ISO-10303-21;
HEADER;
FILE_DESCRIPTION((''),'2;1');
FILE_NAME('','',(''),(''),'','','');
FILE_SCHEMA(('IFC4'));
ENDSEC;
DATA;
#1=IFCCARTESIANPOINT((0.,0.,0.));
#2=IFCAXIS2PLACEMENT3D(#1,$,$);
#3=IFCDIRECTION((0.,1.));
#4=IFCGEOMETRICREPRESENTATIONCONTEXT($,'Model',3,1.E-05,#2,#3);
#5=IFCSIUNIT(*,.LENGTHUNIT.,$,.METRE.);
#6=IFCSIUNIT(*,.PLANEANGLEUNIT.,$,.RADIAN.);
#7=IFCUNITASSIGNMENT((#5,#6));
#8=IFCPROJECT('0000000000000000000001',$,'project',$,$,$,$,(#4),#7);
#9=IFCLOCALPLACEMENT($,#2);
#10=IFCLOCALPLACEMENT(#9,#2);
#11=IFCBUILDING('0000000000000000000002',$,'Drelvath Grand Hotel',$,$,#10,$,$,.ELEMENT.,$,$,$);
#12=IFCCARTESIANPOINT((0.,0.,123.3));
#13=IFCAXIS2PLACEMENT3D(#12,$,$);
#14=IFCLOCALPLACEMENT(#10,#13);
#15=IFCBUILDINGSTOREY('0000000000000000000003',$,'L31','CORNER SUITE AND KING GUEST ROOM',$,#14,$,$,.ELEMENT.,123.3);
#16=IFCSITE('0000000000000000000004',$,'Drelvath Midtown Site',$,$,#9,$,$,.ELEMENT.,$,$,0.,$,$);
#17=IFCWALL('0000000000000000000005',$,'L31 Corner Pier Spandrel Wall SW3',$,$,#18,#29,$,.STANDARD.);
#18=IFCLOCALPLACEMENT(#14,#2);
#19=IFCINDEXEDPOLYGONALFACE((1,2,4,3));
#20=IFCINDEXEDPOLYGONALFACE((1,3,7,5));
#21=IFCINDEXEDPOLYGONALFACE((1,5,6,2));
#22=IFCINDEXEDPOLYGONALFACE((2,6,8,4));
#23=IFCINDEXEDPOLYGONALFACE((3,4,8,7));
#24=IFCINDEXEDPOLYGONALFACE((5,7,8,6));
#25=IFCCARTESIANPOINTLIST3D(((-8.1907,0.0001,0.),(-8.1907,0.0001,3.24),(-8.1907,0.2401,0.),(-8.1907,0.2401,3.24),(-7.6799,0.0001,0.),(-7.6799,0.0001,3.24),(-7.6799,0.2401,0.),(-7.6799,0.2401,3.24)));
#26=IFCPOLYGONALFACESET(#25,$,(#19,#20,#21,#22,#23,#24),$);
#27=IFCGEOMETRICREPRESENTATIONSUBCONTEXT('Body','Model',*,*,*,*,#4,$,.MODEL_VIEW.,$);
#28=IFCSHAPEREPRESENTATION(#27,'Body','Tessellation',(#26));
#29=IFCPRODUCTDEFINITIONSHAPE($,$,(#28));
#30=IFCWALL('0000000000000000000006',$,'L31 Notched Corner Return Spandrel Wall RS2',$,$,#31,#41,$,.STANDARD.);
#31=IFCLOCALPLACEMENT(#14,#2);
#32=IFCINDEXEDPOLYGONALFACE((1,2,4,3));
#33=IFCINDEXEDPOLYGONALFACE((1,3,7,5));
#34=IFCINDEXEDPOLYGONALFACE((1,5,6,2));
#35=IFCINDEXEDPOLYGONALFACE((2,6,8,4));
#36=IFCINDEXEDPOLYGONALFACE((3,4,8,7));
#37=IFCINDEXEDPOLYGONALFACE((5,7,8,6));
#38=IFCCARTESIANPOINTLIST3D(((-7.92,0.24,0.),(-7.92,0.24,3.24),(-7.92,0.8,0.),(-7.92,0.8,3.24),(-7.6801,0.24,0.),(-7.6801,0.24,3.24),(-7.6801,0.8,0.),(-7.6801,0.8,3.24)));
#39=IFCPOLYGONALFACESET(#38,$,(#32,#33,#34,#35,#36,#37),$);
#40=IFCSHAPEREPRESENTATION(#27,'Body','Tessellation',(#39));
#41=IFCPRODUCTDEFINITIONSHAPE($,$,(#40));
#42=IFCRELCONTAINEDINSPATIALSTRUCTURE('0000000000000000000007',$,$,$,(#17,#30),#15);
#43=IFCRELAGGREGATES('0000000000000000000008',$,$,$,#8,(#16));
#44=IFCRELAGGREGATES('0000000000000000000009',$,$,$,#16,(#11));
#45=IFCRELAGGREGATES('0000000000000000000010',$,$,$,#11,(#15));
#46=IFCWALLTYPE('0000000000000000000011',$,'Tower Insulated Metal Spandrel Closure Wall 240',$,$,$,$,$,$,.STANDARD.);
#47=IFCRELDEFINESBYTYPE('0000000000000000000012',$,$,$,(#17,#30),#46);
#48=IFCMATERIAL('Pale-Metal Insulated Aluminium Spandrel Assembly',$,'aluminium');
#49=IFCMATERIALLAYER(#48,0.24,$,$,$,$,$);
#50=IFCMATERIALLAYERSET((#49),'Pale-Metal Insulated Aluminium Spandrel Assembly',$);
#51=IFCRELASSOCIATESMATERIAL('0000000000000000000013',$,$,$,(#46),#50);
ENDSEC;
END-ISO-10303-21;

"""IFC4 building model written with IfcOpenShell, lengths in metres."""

from ifc_helpers import new_model, si_unit, direction, frame, frame_2d, origin, place, context, subcontext, project, spatial, rectangle, extrude, material, layer, layer_set, type_object, element, save


model = new_model("IFC4")

# Units and contexts
model_context = context("Model", 3, precision=1e-05, world=origin(), true_north=direction((0.0, 1.0)))
body_context = subcontext(model_context, "Body", "Model", "MODEL_VIEW")
ifc_project = project(units=[si_unit("LENGTHUNIT", "METRE"), si_unit("PLANEANGLEUNIT", "RADIAN")], contexts=[model_context])

# Site, building, storey
site_placement = place(None, origin())
site = spatial("IfcSite", under=ifc_project, at=site_placement, Name="Drelvath Midtown Site", CompositionType="ELEMENT", RefElevation=0.0)
building_placement = place(site_placement, origin())
building = spatial("IfcBuilding", under=site, at=building_placement, Name="Drelvath Grand Hotel", CompositionType="ELEMENT")
storey_placement = place(building_placement, frame((0.0, 0.0, 123.3)))
storey = spatial("IfcBuildingStorey", under=building, at=storey_placement, Name="L31", Description="CORNER SUITE AND KING GUEST ROOM", CompositionType="ELEMENT", Elevation=123.3)

# Walls
ifc_material_1 = material(Name="Pale-Metal Insulated Aluminium Spandrel Assembly", Category="aluminium")
ifc_layer_1 = layer(ifc_material_1, 0.24)
ifc_layer_set_1 = layer_set([ifc_layer_1], Name="Pale-Metal Insulated Aluminium Spandrel Assembly")
wall_type_1 = type_object("IfcWallType", Name="Tower Insulated Metal Spandrel Closure Wall 240", PredefinedType="STANDARD", material=ifc_layer_set_1)
wall_1_placement = place(storey_placement, frame((-7.6799, 0.1201, 0.0), z_axis=(0.0, 0.0, 1.0), x_axis=(-1.0, 0.0, 0.0)))
element("IfcWall", 1, at=wall_1_placement, inside=storey, type_object=wall_type_1, Name="L31 Corner Pier Spandrel Wall SW3", PredefinedType="STANDARD", context=body_context, shape_type="SweptSolid", body=[
    extrude(rectangle(XDim=0.5107, YDim=0.24, at=frame_2d((0.2554, 0.0))), origin(), (0.0, 0.0, 1.0), 3.24),
])
wall_2_placement = place(storey_placement, frame((-7.8, 0.8, 0.0), z_axis=(0.0, 0.0, 1.0), x_axis=(0.0, -1.0, 0.0)))
element("IfcWall", 2, at=wall_2_placement, inside=storey, type_object=wall_type_1, Name="L31 Notched Corner Return Spandrel Wall RS2", PredefinedType="STANDARD", context=body_context, shape_type="SweptSolid", body=[
    extrude(rectangle(XDim=0.5601, YDim=0.24, at=frame_2d((0.28, 0.0))), origin(), (0.0, 0.0, 1.0), 3.24),
])

save(model, "model.ifc")
